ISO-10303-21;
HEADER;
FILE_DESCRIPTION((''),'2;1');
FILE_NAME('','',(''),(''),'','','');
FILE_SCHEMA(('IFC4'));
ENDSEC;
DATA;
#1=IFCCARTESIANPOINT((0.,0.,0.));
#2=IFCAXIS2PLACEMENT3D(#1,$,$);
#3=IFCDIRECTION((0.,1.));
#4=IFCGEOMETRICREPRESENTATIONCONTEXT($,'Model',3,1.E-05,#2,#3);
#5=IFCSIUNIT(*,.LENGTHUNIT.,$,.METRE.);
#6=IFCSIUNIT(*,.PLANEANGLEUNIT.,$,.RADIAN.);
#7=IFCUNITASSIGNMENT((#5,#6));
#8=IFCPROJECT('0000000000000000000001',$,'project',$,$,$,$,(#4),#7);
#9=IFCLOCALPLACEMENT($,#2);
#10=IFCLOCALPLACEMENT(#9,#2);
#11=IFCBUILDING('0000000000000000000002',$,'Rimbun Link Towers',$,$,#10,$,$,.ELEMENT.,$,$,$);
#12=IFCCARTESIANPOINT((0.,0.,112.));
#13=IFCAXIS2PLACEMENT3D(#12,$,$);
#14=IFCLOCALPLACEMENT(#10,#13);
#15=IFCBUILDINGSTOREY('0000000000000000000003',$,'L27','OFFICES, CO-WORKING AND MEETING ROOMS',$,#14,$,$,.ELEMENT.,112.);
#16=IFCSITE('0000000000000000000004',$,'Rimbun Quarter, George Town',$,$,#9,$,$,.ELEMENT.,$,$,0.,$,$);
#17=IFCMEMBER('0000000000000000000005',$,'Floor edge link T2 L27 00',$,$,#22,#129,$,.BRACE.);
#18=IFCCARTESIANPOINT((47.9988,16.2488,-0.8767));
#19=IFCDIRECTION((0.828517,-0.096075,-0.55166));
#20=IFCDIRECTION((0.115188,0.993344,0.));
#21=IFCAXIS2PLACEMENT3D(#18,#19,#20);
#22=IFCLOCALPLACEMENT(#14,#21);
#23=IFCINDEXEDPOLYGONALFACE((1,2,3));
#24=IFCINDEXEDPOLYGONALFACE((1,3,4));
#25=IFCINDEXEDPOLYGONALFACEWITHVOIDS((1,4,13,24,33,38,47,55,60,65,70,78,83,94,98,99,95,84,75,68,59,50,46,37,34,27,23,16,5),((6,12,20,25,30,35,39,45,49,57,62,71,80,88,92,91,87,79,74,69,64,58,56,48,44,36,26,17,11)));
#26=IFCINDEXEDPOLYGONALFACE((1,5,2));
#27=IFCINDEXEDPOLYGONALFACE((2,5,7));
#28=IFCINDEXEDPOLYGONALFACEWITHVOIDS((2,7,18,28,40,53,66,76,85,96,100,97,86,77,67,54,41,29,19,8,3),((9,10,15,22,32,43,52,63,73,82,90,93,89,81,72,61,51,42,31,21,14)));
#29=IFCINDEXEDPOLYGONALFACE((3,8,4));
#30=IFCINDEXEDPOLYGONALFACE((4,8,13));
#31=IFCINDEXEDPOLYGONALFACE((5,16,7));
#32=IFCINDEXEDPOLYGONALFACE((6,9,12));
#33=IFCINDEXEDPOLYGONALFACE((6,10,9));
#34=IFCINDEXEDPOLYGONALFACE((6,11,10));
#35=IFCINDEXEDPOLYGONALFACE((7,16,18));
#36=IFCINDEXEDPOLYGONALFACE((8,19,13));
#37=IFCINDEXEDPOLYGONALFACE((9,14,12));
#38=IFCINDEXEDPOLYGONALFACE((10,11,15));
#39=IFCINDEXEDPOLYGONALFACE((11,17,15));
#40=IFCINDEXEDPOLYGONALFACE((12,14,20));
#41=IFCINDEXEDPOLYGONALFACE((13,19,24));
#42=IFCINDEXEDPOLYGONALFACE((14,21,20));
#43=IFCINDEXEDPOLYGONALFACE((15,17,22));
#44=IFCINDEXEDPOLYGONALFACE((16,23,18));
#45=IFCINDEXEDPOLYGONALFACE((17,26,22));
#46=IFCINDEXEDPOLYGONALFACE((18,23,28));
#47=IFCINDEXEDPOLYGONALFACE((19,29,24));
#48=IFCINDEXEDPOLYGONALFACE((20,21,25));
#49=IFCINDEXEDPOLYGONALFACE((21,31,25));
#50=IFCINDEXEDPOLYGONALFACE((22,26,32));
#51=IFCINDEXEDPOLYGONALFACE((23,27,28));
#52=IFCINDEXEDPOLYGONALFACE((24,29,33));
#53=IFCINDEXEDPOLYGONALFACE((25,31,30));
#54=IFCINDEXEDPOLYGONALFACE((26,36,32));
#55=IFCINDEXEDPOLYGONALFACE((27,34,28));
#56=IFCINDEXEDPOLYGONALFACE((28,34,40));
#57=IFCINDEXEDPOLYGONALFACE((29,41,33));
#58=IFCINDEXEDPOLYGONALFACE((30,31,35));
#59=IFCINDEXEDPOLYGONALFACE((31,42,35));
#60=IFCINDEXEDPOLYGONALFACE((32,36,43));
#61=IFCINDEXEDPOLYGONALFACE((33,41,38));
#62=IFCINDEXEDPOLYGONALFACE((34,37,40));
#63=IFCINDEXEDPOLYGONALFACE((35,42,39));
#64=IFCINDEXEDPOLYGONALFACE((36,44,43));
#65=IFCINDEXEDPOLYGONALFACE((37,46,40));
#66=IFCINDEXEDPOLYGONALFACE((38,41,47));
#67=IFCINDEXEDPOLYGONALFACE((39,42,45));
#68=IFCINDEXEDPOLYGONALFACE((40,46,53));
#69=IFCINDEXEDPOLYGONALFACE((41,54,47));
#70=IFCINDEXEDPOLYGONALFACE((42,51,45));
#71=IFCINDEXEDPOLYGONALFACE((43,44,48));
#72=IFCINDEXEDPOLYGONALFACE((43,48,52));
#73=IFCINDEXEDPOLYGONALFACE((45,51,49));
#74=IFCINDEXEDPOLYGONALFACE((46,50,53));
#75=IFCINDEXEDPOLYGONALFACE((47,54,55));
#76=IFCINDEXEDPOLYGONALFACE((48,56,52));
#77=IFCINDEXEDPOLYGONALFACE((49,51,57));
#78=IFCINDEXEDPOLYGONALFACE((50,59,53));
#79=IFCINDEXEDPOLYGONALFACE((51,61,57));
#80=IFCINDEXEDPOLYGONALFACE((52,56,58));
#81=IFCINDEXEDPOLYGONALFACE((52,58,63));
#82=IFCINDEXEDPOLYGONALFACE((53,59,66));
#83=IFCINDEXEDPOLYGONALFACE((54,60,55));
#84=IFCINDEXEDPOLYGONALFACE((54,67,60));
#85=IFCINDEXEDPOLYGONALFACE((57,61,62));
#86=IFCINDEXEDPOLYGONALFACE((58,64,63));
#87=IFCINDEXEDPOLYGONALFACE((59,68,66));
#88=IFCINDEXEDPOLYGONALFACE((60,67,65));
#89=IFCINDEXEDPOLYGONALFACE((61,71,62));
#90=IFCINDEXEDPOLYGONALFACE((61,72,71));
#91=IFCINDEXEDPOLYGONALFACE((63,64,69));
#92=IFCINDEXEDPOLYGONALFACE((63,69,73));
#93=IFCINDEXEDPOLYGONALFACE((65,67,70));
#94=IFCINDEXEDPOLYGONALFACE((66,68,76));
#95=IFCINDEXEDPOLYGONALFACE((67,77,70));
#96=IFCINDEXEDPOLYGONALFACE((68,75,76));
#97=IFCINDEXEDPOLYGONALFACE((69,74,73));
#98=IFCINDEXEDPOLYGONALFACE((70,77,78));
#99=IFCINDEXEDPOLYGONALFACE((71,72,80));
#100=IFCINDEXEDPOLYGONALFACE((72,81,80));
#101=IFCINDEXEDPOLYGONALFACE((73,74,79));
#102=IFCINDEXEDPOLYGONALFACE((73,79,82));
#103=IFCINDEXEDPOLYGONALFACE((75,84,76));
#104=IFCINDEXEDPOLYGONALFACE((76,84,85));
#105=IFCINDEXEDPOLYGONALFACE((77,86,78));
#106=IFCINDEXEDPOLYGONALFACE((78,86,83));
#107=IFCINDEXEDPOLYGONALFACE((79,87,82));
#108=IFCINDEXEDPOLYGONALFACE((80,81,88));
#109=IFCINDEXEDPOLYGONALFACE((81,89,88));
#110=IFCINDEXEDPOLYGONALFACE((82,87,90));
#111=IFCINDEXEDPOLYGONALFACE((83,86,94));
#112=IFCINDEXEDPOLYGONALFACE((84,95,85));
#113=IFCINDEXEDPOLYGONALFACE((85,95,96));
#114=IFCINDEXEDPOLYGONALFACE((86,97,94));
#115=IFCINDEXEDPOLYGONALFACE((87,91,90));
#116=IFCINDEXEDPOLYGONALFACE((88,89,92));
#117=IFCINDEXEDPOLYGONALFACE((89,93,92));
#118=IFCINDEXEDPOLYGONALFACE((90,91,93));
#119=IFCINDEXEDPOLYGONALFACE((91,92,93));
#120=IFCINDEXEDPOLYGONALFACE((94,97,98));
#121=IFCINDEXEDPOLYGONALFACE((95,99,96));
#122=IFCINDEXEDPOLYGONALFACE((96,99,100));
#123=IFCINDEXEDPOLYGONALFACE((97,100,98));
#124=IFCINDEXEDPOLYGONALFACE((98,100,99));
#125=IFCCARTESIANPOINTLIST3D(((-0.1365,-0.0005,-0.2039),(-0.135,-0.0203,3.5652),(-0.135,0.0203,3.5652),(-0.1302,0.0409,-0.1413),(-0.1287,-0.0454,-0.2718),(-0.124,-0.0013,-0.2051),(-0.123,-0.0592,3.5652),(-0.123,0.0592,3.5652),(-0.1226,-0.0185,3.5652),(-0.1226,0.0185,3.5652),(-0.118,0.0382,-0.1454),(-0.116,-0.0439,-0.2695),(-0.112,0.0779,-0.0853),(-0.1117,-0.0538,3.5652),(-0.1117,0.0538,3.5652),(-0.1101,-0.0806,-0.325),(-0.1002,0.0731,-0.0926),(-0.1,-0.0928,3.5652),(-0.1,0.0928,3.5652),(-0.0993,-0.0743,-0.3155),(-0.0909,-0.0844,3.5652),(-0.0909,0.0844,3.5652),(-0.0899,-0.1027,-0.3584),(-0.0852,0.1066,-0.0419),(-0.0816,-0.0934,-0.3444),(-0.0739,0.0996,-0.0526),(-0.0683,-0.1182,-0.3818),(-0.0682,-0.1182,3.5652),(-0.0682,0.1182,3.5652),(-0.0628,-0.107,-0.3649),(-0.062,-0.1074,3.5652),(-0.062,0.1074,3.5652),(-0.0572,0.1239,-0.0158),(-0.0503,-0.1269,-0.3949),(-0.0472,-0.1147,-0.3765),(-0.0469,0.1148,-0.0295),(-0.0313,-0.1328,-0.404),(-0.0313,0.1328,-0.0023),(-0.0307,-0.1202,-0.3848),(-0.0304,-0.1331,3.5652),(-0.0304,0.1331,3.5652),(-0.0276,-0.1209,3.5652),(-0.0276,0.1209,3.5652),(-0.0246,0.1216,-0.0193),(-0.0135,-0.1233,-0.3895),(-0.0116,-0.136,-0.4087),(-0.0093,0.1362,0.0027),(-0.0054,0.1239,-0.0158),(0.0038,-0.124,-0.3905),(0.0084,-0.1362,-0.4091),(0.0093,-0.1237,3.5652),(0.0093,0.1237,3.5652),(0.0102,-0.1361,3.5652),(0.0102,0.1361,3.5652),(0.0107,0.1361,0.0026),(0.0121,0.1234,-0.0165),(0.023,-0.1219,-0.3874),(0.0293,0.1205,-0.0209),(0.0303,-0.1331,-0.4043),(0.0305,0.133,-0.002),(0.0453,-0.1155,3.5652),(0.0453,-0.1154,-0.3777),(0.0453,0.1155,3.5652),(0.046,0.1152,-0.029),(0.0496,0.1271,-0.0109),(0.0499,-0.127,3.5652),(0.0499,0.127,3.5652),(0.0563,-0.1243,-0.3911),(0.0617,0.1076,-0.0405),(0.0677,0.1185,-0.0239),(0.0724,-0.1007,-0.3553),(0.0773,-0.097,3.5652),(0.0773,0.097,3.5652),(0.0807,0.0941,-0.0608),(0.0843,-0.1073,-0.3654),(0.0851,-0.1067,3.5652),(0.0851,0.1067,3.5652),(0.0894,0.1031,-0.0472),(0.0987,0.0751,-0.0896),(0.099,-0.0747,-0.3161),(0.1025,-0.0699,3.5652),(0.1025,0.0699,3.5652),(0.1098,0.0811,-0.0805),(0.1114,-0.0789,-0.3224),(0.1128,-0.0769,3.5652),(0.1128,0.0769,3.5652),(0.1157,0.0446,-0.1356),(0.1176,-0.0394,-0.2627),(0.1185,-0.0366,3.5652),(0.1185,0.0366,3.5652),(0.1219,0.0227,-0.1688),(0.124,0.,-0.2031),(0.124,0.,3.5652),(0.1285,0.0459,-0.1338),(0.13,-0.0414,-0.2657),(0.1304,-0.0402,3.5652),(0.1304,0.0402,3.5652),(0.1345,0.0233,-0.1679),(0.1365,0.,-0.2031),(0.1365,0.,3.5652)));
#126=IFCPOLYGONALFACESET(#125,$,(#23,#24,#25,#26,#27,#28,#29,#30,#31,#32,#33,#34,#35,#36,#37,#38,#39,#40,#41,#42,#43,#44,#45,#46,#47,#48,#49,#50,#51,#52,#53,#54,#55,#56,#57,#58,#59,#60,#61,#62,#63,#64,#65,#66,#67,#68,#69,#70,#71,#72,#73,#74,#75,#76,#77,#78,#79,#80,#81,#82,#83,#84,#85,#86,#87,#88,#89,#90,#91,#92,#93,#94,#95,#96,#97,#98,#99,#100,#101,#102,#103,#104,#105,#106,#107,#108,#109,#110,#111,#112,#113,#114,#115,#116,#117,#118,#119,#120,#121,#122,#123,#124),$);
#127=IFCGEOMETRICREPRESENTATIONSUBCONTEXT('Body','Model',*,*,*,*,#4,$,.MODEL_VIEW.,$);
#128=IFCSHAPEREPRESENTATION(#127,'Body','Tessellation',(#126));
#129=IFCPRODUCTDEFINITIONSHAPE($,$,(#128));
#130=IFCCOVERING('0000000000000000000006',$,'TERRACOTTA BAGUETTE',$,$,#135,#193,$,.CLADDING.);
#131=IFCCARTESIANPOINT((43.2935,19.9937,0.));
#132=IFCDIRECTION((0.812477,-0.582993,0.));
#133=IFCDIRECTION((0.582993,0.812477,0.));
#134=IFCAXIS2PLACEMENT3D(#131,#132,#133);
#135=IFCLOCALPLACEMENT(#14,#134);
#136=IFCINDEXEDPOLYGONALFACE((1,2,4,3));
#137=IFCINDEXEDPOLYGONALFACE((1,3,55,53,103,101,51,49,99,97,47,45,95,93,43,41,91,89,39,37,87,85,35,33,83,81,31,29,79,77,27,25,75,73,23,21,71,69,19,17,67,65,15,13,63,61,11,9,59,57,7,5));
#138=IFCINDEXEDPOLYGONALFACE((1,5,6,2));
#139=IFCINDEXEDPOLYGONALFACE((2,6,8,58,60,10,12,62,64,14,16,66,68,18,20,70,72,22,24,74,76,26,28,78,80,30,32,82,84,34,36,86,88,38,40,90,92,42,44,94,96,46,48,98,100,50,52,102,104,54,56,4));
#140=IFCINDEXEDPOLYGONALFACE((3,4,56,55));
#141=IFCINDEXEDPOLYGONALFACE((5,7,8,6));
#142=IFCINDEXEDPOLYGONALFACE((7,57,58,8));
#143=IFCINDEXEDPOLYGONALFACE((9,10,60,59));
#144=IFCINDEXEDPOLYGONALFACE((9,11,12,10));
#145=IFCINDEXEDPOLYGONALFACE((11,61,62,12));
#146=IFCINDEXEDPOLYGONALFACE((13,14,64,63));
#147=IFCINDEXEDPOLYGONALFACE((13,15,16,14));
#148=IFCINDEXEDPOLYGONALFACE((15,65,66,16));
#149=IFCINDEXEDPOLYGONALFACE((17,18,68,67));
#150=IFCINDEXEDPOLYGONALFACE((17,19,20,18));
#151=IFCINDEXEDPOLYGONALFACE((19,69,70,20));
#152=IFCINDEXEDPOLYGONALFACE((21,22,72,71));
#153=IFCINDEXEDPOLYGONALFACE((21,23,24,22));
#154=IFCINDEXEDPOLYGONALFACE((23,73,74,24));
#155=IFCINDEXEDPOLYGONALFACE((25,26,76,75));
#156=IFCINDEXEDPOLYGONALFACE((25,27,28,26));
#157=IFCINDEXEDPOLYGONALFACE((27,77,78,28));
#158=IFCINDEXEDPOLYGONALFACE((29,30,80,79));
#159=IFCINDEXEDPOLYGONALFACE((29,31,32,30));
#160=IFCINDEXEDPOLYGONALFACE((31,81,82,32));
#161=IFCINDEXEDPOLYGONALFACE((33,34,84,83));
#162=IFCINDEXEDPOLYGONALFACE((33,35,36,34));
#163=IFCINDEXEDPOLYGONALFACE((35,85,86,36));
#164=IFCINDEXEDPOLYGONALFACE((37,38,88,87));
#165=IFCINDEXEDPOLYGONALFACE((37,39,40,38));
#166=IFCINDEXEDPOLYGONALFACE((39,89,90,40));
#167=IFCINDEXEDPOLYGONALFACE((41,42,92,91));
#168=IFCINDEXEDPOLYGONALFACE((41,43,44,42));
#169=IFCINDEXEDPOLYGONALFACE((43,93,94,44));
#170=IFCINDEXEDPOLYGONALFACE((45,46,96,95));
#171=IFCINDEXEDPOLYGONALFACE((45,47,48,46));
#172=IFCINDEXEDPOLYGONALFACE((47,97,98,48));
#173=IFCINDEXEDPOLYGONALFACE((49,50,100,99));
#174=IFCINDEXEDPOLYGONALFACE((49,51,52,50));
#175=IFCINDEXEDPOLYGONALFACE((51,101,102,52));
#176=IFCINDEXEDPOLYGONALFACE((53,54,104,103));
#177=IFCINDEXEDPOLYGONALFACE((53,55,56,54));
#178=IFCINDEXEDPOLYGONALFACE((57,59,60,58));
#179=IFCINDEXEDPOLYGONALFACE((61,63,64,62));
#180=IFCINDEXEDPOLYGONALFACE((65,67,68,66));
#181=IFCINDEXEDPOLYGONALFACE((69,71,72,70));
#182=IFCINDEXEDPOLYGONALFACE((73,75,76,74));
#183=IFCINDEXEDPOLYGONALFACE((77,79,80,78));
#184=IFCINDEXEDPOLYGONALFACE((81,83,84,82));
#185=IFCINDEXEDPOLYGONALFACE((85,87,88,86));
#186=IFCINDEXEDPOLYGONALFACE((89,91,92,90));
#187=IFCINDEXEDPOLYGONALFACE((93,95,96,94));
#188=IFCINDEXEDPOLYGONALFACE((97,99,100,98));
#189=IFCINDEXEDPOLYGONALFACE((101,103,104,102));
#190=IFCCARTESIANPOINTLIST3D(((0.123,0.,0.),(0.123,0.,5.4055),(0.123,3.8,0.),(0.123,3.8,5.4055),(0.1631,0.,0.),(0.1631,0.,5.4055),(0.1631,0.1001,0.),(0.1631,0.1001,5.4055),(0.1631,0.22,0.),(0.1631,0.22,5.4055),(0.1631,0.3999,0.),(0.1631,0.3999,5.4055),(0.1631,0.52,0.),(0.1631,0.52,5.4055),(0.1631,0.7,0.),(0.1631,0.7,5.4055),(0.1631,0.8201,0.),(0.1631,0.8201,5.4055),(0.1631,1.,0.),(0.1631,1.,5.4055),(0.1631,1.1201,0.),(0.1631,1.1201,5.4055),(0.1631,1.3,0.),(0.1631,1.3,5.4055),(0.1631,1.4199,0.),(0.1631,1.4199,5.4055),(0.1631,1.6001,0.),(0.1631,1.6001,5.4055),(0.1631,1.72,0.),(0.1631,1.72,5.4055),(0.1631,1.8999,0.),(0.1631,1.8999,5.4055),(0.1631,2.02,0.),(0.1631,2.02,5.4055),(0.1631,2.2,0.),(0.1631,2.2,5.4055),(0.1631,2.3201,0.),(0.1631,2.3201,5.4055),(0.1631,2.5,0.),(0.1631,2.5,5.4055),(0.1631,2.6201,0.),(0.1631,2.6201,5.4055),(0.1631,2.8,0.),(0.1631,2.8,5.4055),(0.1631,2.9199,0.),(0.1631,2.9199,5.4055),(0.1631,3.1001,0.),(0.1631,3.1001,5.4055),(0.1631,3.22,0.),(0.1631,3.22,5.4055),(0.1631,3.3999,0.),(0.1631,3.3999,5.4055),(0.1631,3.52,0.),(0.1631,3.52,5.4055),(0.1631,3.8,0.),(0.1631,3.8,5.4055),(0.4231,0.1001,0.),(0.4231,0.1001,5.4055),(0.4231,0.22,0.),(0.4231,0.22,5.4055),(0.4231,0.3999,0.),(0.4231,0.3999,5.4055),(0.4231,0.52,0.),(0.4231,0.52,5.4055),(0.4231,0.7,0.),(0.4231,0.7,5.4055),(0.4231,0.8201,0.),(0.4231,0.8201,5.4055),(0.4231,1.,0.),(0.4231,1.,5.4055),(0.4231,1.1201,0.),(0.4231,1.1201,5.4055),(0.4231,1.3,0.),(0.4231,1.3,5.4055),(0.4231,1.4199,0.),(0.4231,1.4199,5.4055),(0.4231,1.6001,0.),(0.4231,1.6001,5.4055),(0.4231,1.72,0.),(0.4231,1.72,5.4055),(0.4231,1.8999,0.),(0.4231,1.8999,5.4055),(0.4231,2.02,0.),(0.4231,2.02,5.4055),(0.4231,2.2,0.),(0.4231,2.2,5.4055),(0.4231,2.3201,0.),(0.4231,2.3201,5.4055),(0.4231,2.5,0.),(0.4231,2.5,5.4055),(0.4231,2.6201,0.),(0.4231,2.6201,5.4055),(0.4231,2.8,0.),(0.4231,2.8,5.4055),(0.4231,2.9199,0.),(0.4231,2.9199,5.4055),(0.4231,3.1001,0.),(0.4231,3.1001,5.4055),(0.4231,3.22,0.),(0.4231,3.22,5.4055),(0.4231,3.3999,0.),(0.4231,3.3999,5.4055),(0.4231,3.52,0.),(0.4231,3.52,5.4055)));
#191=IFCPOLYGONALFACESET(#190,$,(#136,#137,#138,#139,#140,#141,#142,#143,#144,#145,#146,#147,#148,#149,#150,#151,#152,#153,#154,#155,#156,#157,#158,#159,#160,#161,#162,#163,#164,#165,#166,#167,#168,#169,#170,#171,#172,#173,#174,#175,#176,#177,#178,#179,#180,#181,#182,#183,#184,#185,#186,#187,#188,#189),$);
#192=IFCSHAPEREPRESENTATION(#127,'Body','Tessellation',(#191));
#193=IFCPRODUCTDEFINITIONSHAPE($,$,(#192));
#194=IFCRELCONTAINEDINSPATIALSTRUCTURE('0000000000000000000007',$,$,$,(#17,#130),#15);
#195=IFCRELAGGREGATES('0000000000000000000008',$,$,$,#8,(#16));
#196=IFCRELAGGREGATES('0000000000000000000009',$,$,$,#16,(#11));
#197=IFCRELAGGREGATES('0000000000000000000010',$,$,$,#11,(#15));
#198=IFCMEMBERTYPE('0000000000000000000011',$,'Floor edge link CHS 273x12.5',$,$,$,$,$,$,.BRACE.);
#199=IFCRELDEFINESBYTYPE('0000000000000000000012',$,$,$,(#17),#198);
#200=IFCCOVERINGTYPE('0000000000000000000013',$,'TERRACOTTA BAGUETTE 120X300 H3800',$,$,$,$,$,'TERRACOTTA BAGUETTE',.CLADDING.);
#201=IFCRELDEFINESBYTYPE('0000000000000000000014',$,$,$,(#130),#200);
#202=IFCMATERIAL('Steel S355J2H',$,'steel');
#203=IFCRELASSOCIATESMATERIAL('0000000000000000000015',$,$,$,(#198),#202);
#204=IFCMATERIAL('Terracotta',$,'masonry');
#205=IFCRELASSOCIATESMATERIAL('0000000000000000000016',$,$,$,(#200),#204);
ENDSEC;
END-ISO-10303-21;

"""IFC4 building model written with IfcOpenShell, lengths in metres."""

from ifc_helpers import new_model, si_unit, direction, frame, origin, origin_2d, place, context, subcontext, project, spatial, polyline, hollow_circle, outline, extrude, clip, halfspace, material, material_profile, profile_set, type_object, element, save


model = new_model("IFC4")

# Units and contexts
model_context = context("Model", 3, precision=1e-05, world=origin(), true_north=direction((0.0, 1.0)))
body_context = subcontext(model_context, "Body", "Model", "MODEL_VIEW")
ifc_project = project(units=[si_unit("LENGTHUNIT", "METRE"), si_unit("PLANEANGLEUNIT", "RADIAN")], contexts=[model_context])

# Site, building, storey
site_placement = place(None, origin())
site = spatial("IfcSite", under=ifc_project, at=site_placement, Name="Rimbun Quarter, George Town", CompositionType="ELEMENT", RefElevation=0.0)
building_placement = place(site_placement, origin())
building = spatial("IfcBuilding", under=site, at=building_placement, Name="Rimbun Link Towers", CompositionType="ELEMENT")
storey_placement = place(building_placement, frame((0.0, 0.0, 112.0)))
storey = spatial("IfcBuildingStorey", under=building, at=storey_placement, Name="L27", Description="OFFICES, CO-WORKING AND MEETING ROOMS", CompositionType="ELEMENT", Elevation=112.0)

# Member
ifc_material_1 = material(Name="Steel S355J2H", Category="steel")
ifc_material_profile_1 = material_profile(ifc_material_1, hollow_circle(Radius=0.1365, WallThickness=0.0125, at=origin_2d()), Name="CHS 273x12.5")
ifc_profile_set_1 = profile_set([ifc_material_profile_1], Name="Steel S355J2H")
member_type_1 = type_object("IfcMemberType", Name="Floor edge link CHS 273x12.5", PredefinedType="BRACE", material=ifc_profile_set_1)
member_1_placement = place(storey_placement, frame((47.9988, 16.2488, -0.8767), z_axis=(0.828517, -0.096075, -0.55166), x_axis=(0.115188, 0.993344, 0.0)))
element("IfcMember", 1, at=member_1_placement, inside=storey, type_object=member_type_1, Name="Floor edge link T2 L27 00", PredefinedType="BRACE", context=body_context, shape_type="Clipping", body=[
    clip(extrude(hollow_circle(Radius=0.1365, WallThickness=0.0125, at=origin_2d()), frame((0.0, 0.0, -0.4309)), (0.0, 0.0, 1.0), 3.9961), halfspace(frame((0.0, 0.0, -0.2031), z_axis=(0.0, 0.834069, -0.55166)), False)),
])

# Covering
ifc_material_2 = material(Name="Terracotta", Category="masonry")
ifc_material_profile_2 = material_profile(ifc_material_2, outline(polyline([(0.123, 0.0), (0.1631, 0.0), (0.1631, 0.1001), (0.4231, 0.1001), (0.4231, 0.22), (0.1631, 0.22), (0.1631, 0.3999), (0.4231, 0.3999), (0.4231, 0.52), (0.1631, 0.52), (0.1631, 0.7), (0.4231, 0.7), (0.4231, 0.8201), (0.1631, 0.8201), (0.1631, 1.0), (0.4231, 1.0), (0.4231, 1.1201), (0.1631, 1.1201), (0.1631, 1.3), (0.4231, 1.3), (0.4231, 1.4199), (0.1631, 1.4199), (0.1631, 1.6001), (0.4231, 1.6001), (0.4231, 1.72), (0.1631, 1.72), (0.1631, 1.8999), (0.4231, 1.8999), (0.4231, 2.02), (0.1631, 2.02), (0.1631, 2.2), (0.4231, 2.2), (0.4231, 2.3201), (0.1631, 2.3201), (0.1631, 2.5), (0.4231, 2.5), (0.4231, 2.6201), (0.1631, 2.6201), (0.1631, 2.8), (0.4231, 2.8), (0.4231, 2.9199), (0.1631, 2.9199), (0.1631, 3.1001), (0.4231, 3.1001), (0.4231, 3.22), (0.1631, 3.22), (0.1631, 3.3999), (0.4231, 3.3999), (0.4231, 3.52), (0.1631, 3.52), (0.1631, 3.8), (0.123, 3.8), (0.123, 0.0)])), Name="BAGUETTE 120X300")
ifc_profile_set_2 = profile_set([ifc_material_profile_2], Name="Terracotta")
covering_type = type_object("IfcCoveringType", Name="TERRACOTTA BAGUETTE 120X300 H3800", ElementType="TERRACOTTA BAGUETTE", PredefinedType="CLADDING", material=ifc_profile_set_2)
covering_1_placement = place(storey_placement, frame((43.2935, 19.9937, 0.0), z_axis=(0.812477, -0.582993, 0.0), x_axis=(0.582993, 0.812477, 0.0)))
element("IfcCovering", 2, at=covering_1_placement, inside=storey, type_object=covering_type, Name="TERRACOTTA BAGUETTE", PredefinedType="CLADDING", context=body_context, shape_type="SweptSolid", body=[
    extrude(outline(polyline([(0.123, 0.0), (0.1631, 0.0), (0.1631, 0.1001), (0.4231, 0.1001), (0.4231, 0.22), (0.1631, 0.22), (0.1631, 0.3999), (0.4231, 0.3999), (0.4231, 0.52), (0.1631, 0.52), (0.1631, 0.7), (0.4231, 0.7), (0.4231, 0.8201), (0.1631, 0.8201), (0.1631, 1.0), (0.4231, 1.0), (0.4231, 1.1201), (0.1631, 1.1201), (0.1631, 1.3), (0.4231, 1.3), (0.4231, 1.4199), (0.1631, 1.4199), (0.1631, 1.6001), (0.4231, 1.6001), (0.4231, 1.72), (0.1631, 1.72), (0.1631, 1.8999), (0.4231, 1.8999), (0.4231, 2.02), (0.1631, 2.02), (0.1631, 2.2), (0.4231, 2.2), (0.4231, 2.3201), (0.1631, 2.3201), (0.1631, 2.5), (0.4231, 2.5), (0.4231, 2.6201), (0.1631, 2.6201), (0.1631, 2.8), (0.4231, 2.8), (0.4231, 2.9199), (0.1631, 2.9199), (0.1631, 3.1001), (0.4231, 3.1001), (0.4231, 3.22), (0.1631, 3.22), (0.1631, 3.3999), (0.4231, 3.3999), (0.4231, 3.52), (0.1631, 3.52), (0.1631, 3.8), (0.123, 3.8), (0.123, 0.0)])), origin(), (0.0, 0.0, 1.0), 5.4055),
])

save(model, "model.ifc")
